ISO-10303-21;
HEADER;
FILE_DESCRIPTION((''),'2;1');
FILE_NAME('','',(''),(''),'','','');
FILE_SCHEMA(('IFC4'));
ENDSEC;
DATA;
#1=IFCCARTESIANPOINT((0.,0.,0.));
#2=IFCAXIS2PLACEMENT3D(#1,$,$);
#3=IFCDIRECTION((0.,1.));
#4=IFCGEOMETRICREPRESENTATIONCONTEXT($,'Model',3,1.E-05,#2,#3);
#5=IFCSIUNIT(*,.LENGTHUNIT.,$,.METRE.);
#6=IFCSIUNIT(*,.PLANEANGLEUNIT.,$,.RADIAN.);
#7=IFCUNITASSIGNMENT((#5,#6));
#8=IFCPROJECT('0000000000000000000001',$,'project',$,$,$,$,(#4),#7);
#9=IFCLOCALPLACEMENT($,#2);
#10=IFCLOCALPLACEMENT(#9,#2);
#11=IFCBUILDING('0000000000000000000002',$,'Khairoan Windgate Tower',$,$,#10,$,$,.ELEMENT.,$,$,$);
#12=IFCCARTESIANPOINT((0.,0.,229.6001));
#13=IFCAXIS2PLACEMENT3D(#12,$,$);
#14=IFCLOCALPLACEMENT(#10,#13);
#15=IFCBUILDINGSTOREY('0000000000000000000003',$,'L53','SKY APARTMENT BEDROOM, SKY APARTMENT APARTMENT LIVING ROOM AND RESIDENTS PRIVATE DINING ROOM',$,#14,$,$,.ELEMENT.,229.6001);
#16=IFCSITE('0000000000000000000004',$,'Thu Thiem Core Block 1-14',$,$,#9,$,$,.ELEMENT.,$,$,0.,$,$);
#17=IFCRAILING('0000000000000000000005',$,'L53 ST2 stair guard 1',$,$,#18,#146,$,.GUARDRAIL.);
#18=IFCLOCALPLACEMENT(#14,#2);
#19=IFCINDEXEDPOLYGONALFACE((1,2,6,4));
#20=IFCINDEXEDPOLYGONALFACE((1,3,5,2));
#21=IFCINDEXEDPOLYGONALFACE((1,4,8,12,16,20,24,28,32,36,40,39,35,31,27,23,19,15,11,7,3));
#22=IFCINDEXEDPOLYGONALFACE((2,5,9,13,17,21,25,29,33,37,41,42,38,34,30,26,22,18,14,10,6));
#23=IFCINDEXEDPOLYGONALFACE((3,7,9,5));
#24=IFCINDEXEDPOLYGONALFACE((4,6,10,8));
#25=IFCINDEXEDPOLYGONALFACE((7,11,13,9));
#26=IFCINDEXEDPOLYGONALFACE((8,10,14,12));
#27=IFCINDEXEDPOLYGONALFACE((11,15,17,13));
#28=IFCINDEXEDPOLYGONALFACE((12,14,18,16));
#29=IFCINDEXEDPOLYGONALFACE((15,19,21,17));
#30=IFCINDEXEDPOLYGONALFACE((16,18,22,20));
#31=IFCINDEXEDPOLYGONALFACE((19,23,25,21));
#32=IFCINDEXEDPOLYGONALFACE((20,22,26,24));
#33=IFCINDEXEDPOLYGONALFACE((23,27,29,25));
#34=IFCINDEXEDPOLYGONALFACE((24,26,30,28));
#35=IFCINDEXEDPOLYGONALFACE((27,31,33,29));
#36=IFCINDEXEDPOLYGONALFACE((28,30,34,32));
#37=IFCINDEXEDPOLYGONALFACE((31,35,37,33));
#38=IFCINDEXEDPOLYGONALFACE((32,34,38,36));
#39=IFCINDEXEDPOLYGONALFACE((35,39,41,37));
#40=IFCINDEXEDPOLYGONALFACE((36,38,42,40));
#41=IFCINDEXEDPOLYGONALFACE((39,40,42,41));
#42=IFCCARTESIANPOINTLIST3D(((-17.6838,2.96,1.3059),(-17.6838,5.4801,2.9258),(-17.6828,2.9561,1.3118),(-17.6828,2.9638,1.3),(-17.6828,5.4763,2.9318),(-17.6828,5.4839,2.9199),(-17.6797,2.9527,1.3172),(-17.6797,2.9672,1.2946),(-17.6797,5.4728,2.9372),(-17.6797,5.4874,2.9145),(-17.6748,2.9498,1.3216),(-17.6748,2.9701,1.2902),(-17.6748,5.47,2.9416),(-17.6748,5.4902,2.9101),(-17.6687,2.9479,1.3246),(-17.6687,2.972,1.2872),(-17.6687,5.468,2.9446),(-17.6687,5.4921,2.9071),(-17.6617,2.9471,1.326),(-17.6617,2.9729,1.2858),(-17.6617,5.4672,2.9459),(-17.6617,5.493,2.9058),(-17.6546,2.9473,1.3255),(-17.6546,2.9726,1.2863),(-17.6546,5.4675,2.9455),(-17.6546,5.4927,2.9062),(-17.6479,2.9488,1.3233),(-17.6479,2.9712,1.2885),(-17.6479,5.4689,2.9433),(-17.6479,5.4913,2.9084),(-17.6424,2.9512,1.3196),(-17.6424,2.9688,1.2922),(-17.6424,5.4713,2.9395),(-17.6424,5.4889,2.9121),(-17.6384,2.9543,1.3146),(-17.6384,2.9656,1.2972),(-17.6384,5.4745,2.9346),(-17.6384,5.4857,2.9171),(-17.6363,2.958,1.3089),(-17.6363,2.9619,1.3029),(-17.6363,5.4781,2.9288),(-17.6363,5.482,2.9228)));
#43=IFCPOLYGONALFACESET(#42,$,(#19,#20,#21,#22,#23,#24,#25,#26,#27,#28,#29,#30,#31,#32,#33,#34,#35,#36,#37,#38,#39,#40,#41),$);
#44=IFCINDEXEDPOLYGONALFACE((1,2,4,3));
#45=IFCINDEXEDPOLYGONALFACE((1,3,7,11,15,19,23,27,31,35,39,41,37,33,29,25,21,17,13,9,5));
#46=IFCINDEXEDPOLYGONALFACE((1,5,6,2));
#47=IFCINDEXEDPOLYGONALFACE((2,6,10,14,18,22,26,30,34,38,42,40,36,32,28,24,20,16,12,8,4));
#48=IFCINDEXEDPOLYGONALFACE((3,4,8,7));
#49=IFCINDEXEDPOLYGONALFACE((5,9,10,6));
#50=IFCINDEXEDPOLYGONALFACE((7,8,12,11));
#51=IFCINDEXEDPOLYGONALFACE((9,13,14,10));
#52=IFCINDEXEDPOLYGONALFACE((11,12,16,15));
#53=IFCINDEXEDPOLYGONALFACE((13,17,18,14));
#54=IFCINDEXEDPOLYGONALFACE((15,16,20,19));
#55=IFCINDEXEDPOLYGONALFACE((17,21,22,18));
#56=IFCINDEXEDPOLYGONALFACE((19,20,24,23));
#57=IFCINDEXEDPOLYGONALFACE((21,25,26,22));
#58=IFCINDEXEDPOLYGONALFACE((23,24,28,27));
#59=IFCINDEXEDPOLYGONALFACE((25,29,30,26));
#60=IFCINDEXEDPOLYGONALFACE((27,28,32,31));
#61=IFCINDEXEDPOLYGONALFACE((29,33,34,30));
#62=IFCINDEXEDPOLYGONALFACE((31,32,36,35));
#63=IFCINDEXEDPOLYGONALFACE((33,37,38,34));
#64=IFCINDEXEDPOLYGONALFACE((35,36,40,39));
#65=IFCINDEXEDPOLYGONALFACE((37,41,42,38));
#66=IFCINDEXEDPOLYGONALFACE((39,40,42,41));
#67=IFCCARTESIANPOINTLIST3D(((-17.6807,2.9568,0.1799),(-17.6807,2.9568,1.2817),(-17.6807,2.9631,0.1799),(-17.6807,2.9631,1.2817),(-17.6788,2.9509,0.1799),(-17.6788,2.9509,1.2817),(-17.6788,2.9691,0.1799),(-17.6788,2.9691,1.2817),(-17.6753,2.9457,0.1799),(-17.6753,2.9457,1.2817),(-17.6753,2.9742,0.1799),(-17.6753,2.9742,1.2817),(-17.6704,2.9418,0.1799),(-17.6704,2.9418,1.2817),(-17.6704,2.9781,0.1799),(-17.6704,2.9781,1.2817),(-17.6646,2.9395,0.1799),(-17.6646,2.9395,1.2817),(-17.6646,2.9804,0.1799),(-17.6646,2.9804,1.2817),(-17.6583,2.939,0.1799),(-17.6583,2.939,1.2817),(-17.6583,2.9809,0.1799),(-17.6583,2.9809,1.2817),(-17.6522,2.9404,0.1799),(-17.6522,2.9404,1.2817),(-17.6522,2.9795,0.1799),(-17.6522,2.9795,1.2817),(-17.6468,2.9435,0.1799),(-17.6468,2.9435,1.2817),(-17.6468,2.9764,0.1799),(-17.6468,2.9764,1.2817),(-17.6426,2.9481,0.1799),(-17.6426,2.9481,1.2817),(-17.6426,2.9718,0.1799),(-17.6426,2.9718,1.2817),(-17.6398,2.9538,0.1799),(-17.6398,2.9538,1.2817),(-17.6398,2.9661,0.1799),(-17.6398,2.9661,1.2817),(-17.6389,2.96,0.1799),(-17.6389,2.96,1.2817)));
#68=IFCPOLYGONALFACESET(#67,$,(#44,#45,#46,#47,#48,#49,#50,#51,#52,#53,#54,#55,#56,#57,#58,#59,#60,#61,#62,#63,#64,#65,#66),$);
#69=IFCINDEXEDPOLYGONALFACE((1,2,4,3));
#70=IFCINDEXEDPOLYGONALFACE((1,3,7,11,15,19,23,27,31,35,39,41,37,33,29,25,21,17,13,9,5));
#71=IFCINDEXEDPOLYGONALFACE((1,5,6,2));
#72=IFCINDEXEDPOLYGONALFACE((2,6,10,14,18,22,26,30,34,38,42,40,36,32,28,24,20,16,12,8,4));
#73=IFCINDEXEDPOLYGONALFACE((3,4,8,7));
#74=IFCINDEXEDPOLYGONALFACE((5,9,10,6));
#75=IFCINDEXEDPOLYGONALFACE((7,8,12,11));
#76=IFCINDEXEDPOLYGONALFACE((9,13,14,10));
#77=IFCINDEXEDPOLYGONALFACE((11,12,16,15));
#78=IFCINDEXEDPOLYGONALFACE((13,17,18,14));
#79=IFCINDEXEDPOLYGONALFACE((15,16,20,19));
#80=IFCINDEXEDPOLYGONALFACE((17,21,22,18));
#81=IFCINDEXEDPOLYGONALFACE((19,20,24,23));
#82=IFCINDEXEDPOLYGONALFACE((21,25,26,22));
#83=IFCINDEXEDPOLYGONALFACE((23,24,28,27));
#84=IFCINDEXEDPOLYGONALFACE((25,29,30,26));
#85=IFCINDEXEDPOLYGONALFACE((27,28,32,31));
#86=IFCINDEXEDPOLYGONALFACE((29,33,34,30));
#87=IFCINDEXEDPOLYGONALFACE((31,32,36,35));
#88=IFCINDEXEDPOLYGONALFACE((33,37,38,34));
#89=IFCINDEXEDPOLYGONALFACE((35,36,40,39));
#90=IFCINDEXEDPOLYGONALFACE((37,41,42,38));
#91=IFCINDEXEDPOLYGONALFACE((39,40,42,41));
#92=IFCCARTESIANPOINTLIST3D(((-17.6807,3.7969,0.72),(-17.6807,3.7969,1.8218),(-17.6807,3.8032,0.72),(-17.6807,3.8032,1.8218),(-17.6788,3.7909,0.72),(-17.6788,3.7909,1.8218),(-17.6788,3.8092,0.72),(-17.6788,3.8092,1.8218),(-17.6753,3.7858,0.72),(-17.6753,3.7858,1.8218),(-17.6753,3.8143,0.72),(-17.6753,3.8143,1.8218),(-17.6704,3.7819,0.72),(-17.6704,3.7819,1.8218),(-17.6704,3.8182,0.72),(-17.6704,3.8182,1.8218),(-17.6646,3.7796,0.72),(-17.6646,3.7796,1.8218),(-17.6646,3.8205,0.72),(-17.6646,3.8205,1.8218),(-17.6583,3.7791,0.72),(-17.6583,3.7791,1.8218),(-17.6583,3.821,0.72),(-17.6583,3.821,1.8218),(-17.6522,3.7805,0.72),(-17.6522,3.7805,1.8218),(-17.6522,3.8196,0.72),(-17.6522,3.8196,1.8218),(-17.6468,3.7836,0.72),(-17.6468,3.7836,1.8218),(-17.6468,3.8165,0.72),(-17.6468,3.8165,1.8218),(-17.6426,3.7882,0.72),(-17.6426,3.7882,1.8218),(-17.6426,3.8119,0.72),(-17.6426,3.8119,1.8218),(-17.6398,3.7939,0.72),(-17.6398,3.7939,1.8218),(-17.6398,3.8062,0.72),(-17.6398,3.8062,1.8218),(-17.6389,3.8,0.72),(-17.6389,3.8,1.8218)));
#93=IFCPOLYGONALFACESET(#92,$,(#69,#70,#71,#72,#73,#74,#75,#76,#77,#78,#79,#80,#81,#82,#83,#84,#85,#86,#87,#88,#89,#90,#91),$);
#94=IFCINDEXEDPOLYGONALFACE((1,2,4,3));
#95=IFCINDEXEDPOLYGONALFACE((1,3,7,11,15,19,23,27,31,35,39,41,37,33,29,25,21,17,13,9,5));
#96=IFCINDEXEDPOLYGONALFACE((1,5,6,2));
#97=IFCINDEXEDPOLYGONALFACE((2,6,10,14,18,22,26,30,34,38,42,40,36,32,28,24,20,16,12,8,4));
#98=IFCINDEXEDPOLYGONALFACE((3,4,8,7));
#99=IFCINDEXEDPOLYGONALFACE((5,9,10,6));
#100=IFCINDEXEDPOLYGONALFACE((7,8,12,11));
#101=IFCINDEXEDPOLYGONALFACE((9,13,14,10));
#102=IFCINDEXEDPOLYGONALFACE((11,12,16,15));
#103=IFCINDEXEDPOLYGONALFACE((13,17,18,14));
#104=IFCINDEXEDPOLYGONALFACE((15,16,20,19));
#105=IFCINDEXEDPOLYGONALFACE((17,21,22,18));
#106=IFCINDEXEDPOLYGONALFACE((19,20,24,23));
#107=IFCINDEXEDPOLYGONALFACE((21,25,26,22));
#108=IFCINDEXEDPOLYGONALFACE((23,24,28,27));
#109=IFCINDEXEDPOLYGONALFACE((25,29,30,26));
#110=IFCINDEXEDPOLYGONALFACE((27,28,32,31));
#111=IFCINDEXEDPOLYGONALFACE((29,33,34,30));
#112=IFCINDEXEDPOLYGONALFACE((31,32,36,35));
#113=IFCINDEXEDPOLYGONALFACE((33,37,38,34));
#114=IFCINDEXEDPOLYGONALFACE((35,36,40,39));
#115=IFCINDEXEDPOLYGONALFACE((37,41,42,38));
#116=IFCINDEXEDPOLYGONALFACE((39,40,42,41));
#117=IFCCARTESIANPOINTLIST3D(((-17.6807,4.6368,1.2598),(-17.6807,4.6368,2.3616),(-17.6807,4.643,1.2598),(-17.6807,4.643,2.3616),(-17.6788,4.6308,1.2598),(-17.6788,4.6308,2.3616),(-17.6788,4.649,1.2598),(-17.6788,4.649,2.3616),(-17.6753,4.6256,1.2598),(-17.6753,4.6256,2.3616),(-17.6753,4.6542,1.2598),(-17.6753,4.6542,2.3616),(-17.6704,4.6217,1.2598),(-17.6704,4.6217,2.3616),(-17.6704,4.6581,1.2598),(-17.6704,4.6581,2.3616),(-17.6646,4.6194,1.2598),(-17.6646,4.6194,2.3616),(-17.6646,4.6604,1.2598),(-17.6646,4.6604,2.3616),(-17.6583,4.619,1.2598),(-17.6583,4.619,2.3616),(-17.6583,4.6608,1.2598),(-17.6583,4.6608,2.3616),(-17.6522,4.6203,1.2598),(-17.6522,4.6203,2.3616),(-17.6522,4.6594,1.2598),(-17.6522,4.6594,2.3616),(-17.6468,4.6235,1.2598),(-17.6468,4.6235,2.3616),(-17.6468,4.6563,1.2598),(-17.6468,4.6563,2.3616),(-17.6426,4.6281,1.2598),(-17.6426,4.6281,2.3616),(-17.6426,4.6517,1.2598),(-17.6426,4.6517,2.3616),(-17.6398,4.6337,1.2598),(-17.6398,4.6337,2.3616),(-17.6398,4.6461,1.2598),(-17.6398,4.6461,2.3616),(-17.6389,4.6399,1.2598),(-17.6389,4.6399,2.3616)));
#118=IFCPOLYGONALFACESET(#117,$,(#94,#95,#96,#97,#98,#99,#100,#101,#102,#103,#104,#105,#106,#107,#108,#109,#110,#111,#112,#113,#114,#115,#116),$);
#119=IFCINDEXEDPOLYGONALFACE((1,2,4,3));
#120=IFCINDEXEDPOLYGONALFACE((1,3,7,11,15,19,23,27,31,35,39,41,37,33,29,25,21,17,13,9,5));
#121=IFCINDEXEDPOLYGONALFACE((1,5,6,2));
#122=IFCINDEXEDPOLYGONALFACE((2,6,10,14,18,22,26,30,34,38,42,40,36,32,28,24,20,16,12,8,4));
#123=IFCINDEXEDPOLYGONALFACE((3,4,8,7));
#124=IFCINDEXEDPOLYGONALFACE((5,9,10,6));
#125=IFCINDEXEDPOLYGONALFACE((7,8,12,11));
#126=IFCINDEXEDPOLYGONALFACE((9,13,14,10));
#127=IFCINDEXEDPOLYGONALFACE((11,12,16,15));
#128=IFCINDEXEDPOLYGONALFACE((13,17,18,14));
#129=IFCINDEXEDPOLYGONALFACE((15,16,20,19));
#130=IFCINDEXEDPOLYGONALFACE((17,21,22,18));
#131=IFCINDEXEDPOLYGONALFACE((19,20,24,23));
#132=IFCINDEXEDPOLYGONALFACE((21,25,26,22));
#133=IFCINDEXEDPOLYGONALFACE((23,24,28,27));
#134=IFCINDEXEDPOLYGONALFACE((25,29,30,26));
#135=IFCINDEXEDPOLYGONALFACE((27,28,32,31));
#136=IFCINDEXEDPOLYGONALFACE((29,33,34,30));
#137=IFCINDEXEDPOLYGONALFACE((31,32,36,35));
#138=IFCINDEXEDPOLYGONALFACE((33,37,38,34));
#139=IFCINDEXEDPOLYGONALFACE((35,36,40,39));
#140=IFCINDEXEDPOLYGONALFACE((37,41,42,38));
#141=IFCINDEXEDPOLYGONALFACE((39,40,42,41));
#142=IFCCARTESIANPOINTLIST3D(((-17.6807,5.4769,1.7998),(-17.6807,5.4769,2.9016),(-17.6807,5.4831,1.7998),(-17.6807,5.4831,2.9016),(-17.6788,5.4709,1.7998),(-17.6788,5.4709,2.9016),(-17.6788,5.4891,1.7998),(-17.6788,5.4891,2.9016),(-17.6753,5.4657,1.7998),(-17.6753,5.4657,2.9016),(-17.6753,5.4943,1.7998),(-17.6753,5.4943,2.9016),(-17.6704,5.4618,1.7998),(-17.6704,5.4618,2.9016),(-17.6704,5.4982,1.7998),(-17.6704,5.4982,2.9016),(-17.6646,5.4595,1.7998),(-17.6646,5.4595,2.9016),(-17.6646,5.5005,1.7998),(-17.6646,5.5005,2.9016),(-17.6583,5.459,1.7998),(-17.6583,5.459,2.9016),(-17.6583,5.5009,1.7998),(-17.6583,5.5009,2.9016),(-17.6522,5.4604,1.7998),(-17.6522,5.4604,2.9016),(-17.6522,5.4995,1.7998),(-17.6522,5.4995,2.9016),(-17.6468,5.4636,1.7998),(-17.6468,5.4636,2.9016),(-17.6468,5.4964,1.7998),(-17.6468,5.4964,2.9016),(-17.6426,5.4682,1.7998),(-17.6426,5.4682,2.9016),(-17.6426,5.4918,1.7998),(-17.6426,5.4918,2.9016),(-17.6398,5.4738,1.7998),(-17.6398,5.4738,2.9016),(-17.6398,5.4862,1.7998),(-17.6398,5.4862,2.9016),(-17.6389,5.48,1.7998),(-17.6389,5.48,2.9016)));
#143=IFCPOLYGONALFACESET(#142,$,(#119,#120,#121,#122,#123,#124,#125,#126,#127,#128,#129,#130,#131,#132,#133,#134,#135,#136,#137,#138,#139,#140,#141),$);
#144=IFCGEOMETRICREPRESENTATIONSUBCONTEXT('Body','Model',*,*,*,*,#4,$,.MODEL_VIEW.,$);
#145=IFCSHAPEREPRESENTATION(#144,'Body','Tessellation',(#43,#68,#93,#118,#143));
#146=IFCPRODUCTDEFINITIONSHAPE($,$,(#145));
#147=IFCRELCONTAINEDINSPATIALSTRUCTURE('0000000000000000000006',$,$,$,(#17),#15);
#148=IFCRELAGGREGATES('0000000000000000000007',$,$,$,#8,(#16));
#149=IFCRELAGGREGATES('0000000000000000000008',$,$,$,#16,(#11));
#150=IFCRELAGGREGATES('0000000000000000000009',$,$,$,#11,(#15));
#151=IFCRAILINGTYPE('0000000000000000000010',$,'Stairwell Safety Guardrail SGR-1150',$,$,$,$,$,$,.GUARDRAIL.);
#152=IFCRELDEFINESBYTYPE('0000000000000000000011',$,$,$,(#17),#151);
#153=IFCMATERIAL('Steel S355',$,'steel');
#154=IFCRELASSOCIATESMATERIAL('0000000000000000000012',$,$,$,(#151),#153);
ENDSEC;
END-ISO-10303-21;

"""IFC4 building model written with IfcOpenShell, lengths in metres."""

from ifc_helpers import new_model, si_unit, direction, frame, origin, origin_2d, place, context, subcontext, project, spatial, circle, extrude, material, type_object, element, save


model = new_model("IFC4")

# Units and contexts
model_context = context("Model", 3, precision=1e-05, world=origin(), true_north=direction((0.0, 1.0)))
body_context = subcontext(model_context, "Body", "Model", "MODEL_VIEW")
ifc_project = project(units=[si_unit("LENGTHUNIT", "METRE"), si_unit("PLANEANGLEUNIT", "RADIAN")], contexts=[model_context])

# Site, building, storey
site_placement = place(None, origin())
site = spatial("IfcSite", under=ifc_project, at=site_placement, Name="Thu Thiem Core Block 1-14", CompositionType="ELEMENT", RefElevation=0.0)
building_placement = place(site_placement, origin())
building = spatial("IfcBuilding", under=site, at=building_placement, Name="Khairoan Windgate Tower", CompositionType="ELEMENT")
storey_placement = place(building_placement, frame((0.0, 0.0, 229.6001)))
storey = spatial("IfcBuildingStorey", under=building, at=storey_placement, Name="L53", Description="SKY APARTMENT BEDROOM, SKY APARTMENT APARTMENT LIVING ROOM AND RESIDENTS PRIVATE DINING ROOM", CompositionType="ELEMENT", Elevation=229.6001)

# Railing
ifc_material_1 = material(Name="Steel S355", Category="steel")
railing_type_1 = type_object("IfcRailingType", Name="Stairwell Safety Guardrail SGR-1150", PredefinedType="GUARDRAIL", material=ifc_material_1)
railing_1_placement = place(storey_placement, frame((-17.6599, 2.96, 0.1799)))
element("IfcRailing", 1, at=railing_1_placement, inside=storey, type_object=railing_type_1, Name="L53 ST2 stair guard 1", PredefinedType="GUARDRAIL", context=body_context, shape_type="SweptSolid", body=[
    extrude(circle(Radius=0.0239, at=origin_2d()), frame((0.0, 0.0, 1.126), z_axis=(0.0, 0.8412, 0.540725), x_axis=(-1.0, 0.0, 0.0)), (0.0, 0.0, 1.0), 2.9958),
    extrude(circle(Radius=0.021, at=origin_2d()), origin(), (0.0, 0.0, 1.0), 1.1018),
    extrude(circle(Radius=0.021, at=origin_2d()), frame((0.0, 0.8401, 0.54)), (0.0, 0.0, 1.0), 1.1018),
    extrude(circle(Radius=0.021, at=origin_2d()), frame((0.0, 1.6799, 1.0798)), (0.0, 0.0, 1.0), 1.1018),
    extrude(circle(Radius=0.021, at=origin_2d()), frame((0.0, 2.52, 1.6199)), (0.0, 0.0, 1.0), 1.1018),
])

save(model, "model.ifc")
